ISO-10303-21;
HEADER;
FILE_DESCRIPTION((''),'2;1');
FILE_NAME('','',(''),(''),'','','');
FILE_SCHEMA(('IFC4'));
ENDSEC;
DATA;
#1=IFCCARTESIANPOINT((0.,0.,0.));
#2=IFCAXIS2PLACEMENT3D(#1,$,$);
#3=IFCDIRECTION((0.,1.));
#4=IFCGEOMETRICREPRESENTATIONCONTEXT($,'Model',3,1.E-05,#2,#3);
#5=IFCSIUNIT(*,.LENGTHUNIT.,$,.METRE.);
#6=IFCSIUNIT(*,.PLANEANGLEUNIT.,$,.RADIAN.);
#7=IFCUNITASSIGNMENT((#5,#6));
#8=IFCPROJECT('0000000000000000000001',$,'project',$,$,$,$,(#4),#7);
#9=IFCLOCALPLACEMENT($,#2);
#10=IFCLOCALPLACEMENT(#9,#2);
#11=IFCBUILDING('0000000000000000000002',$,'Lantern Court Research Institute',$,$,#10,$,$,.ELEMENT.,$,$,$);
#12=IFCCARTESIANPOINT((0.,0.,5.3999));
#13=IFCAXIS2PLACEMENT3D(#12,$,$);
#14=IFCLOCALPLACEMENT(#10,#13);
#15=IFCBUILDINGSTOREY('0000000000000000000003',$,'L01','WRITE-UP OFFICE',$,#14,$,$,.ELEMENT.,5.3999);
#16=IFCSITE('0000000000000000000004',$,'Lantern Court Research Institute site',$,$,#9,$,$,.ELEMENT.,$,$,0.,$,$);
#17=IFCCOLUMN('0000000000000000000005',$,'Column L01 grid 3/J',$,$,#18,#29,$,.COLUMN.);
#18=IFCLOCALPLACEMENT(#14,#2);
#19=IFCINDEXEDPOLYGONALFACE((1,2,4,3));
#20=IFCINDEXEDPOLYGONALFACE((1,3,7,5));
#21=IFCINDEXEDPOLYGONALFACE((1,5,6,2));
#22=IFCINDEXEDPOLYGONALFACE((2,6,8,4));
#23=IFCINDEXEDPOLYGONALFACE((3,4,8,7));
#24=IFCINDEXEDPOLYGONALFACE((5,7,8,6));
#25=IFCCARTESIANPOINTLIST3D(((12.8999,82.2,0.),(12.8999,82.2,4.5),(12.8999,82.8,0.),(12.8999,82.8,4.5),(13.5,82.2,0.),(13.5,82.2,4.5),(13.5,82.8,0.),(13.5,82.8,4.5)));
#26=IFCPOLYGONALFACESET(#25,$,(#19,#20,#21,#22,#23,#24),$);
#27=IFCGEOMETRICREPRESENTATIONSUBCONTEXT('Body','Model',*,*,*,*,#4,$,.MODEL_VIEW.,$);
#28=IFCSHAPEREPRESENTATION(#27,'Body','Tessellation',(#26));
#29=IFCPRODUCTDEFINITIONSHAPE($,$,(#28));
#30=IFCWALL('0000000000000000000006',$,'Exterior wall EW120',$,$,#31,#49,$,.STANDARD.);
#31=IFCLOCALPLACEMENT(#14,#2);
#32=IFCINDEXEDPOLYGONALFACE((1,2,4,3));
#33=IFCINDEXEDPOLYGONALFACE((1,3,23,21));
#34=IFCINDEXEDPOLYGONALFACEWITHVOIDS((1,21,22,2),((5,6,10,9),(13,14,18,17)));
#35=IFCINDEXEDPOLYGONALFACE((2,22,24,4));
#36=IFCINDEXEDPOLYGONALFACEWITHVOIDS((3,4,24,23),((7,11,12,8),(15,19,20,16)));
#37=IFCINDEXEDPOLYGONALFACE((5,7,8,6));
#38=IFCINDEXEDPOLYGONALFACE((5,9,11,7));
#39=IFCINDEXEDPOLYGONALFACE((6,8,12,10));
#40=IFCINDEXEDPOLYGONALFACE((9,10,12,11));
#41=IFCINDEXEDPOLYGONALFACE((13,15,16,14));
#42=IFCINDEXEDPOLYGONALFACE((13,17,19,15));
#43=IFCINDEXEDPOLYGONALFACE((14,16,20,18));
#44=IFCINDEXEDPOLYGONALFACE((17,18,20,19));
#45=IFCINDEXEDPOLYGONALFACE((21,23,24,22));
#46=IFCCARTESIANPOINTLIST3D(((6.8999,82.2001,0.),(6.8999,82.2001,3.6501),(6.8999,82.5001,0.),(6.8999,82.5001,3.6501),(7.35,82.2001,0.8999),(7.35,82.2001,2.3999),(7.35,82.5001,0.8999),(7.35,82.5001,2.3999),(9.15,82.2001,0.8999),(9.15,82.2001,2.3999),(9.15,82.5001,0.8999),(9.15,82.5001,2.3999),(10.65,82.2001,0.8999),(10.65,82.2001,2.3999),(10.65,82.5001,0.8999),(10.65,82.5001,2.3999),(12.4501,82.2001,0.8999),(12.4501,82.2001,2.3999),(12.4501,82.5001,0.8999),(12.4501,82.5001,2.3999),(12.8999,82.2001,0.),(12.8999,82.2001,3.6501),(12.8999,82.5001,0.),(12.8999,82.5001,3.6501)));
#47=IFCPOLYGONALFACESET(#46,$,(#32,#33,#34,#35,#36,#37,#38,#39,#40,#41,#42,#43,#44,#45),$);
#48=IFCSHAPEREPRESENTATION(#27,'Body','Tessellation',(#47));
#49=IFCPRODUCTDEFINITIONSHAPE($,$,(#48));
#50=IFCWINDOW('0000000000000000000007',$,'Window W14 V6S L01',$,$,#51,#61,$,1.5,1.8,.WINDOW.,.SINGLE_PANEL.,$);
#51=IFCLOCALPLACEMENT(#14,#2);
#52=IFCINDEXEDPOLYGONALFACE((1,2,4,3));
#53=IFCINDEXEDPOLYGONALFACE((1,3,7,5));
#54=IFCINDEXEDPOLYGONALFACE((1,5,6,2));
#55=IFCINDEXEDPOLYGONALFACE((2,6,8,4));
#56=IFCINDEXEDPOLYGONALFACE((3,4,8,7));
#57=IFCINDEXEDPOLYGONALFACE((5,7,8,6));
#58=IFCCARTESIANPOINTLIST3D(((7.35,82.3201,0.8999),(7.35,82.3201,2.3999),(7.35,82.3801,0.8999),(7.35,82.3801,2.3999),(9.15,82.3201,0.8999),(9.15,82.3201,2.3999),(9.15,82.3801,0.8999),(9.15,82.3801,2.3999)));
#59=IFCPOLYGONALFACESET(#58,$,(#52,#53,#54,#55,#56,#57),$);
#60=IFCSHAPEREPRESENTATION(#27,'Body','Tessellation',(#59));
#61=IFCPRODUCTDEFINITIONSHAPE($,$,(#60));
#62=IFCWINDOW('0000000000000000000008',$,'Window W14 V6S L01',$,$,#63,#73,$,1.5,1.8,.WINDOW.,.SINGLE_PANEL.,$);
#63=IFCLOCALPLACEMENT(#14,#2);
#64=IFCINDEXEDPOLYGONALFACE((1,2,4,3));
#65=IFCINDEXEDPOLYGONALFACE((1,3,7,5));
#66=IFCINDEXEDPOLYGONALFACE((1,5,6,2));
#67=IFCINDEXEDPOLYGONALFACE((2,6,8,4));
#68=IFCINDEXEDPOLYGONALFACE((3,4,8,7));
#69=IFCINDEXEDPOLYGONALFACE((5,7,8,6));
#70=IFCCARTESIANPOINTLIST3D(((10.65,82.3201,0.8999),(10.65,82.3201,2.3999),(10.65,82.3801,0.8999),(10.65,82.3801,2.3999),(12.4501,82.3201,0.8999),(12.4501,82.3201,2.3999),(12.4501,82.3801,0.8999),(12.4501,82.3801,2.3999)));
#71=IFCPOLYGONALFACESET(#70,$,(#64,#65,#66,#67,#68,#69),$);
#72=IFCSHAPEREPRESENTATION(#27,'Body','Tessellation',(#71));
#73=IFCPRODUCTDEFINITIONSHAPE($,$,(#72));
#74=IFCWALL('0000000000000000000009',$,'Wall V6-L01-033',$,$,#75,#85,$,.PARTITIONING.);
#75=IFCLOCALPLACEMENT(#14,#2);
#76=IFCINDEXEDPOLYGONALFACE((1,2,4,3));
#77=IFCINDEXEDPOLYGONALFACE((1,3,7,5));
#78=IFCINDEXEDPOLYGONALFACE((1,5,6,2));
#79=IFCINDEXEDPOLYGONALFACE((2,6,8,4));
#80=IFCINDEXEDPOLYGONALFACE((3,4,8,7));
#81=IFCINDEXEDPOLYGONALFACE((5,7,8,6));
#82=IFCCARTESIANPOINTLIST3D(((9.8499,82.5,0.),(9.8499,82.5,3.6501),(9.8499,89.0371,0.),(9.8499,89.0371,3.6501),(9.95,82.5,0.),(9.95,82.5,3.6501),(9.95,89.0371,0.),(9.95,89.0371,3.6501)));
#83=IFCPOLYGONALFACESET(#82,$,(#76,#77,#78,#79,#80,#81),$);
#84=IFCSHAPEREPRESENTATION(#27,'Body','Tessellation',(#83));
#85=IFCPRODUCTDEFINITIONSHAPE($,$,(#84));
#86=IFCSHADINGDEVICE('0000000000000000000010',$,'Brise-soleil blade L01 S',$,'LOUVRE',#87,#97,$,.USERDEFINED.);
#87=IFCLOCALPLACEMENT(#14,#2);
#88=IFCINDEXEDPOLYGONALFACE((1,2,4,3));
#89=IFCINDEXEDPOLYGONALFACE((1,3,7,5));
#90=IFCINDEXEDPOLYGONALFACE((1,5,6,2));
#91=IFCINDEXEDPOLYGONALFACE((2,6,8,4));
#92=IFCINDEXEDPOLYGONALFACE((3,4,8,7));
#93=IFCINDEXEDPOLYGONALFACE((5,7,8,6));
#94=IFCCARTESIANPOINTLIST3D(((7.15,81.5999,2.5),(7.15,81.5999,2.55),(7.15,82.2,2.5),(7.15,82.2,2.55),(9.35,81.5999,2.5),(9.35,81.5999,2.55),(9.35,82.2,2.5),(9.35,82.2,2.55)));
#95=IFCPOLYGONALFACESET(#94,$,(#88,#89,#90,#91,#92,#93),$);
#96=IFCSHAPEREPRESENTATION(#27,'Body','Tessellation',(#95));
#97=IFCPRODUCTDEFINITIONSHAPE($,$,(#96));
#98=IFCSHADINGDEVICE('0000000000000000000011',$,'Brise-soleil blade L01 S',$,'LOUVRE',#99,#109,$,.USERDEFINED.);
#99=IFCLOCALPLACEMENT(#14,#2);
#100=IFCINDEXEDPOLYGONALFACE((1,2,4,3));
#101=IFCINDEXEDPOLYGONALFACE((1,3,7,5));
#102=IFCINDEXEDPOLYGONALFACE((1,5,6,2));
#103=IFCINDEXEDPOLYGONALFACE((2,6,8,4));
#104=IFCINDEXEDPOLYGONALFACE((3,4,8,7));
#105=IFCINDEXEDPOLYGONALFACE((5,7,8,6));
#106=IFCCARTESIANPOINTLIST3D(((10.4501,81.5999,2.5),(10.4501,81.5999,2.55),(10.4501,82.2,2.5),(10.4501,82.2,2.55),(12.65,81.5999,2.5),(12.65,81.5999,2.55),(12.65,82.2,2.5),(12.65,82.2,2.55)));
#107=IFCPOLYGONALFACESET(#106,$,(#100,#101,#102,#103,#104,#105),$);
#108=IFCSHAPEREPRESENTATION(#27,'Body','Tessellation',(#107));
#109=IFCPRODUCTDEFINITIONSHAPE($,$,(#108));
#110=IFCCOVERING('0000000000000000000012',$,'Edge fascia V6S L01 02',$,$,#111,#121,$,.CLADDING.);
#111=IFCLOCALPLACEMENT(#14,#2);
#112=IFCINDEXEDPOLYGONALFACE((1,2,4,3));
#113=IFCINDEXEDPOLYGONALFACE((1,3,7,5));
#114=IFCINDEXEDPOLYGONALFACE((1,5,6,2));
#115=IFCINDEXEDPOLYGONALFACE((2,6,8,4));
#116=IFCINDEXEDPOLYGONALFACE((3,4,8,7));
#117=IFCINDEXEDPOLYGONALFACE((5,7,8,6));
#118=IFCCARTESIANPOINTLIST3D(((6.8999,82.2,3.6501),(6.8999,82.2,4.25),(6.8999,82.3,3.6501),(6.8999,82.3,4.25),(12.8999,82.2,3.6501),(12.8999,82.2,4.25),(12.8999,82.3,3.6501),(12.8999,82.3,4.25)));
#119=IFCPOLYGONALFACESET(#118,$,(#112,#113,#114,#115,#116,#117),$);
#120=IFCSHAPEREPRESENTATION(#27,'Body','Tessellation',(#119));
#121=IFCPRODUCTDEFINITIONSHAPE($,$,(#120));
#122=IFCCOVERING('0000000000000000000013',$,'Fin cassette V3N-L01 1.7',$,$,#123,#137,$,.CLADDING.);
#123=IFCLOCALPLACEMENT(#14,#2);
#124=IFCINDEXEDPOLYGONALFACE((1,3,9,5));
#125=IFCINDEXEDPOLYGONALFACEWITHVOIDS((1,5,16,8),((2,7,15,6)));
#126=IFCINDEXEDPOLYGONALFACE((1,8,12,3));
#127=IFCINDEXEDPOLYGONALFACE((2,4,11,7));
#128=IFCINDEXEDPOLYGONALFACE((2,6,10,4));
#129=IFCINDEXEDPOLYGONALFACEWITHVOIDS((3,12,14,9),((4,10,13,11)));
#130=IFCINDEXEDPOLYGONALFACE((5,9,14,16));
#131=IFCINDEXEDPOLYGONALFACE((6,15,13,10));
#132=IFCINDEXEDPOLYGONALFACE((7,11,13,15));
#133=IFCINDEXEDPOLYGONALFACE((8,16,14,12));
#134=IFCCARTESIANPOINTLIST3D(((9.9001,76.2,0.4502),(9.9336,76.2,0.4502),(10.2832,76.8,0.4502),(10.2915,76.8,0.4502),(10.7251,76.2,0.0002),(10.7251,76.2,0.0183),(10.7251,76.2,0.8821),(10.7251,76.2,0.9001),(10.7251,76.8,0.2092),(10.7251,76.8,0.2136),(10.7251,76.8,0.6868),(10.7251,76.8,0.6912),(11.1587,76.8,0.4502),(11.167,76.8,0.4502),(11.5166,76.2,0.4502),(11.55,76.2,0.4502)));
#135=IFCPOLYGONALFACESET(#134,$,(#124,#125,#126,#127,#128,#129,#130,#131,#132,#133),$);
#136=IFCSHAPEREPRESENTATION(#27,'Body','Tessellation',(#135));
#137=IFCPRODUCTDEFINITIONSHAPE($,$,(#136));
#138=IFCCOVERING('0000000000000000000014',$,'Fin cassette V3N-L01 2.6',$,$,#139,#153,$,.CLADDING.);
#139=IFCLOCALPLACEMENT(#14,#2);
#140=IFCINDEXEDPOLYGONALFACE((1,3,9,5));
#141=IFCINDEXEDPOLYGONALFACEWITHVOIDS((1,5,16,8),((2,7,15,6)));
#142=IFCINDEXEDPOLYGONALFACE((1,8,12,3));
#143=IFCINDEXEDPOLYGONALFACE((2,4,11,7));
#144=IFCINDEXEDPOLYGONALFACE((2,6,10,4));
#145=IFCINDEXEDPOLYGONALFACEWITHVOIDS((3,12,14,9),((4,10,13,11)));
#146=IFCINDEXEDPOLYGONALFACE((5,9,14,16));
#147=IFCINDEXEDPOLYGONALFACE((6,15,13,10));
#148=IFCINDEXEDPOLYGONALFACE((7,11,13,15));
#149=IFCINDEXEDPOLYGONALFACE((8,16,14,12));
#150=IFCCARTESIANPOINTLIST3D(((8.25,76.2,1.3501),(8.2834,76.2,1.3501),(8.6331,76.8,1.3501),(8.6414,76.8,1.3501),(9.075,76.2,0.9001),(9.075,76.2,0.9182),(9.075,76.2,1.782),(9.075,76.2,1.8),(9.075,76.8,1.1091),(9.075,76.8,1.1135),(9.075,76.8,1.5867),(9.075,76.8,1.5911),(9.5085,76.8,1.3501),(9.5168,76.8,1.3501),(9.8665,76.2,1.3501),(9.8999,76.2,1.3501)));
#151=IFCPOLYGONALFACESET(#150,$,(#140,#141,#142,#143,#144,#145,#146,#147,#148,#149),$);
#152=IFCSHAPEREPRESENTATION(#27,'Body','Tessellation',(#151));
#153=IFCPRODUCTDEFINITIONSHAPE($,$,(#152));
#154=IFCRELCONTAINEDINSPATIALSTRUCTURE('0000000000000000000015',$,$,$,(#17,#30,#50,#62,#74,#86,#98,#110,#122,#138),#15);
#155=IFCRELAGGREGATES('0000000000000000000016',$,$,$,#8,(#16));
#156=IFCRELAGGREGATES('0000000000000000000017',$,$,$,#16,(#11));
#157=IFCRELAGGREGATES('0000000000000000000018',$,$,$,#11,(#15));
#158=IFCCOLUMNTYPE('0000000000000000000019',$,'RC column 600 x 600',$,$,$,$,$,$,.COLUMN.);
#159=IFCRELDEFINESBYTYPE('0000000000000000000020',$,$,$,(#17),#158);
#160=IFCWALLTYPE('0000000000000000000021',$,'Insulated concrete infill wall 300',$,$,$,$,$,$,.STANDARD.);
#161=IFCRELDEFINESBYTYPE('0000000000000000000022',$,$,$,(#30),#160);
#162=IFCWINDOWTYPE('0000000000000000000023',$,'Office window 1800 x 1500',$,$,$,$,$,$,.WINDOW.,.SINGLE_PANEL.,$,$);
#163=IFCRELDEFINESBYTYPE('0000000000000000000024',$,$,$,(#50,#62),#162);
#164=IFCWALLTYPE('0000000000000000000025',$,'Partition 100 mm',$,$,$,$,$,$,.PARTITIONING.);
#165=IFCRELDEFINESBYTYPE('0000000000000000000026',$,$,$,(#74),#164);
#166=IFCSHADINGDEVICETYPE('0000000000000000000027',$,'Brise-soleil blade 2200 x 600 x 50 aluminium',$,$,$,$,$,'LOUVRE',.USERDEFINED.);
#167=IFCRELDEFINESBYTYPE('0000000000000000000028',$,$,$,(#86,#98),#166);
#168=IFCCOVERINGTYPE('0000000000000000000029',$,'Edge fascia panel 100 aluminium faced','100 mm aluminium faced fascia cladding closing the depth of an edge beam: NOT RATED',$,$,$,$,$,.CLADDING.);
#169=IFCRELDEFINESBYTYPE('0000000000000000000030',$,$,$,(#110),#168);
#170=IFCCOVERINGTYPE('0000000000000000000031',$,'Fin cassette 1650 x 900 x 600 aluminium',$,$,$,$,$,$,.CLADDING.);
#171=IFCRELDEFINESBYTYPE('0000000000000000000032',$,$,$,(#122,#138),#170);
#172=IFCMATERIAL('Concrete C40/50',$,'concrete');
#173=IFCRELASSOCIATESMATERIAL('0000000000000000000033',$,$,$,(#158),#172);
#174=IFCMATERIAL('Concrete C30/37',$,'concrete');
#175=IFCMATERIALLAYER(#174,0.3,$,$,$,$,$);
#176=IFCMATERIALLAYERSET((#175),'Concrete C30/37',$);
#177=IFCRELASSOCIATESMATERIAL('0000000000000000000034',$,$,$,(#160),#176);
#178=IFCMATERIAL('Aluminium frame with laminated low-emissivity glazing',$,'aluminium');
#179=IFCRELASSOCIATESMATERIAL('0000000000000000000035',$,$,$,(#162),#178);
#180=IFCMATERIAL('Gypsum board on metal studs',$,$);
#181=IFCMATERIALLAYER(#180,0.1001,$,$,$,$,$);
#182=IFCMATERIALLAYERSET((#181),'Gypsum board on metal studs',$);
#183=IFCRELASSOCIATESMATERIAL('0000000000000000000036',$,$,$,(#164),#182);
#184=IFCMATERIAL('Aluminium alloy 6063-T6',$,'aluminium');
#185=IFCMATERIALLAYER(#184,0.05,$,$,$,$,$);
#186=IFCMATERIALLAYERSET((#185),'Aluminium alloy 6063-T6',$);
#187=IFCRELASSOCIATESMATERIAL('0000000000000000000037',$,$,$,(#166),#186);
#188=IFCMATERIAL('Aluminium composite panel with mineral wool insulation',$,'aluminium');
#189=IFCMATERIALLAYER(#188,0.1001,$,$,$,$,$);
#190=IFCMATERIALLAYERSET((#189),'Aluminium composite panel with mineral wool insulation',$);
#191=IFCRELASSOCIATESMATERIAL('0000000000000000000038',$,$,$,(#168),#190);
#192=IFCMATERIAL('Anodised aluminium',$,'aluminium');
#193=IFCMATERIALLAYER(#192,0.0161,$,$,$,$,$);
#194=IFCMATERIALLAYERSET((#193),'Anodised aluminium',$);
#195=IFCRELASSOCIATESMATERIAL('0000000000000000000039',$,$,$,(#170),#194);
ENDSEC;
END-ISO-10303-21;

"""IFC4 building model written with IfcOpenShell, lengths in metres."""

from ifc_helpers import new_model, entity, si_unit, direction, frame, frame_2d, origin, origin_2d, place, context, subcontext, project, spatial, rectangle, extrude, material, layer, layer_set, material_profile, profile_set, type_object, element, fill, save


model = new_model("IFC4")

# Units and contexts
model_context = context("Model", 3, precision=1e-05, world=origin(), true_north=direction((0.0, 1.0)))
body_context = subcontext(model_context, "Body", "Model", "MODEL_VIEW")
ifc_project = project(units=[si_unit("LENGTHUNIT", "METRE"), si_unit("PLANEANGLEUNIT", "RADIAN")], contexts=[model_context])

# Site, building, storey
site_placement = place(None, origin())
site = spatial("IfcSite", under=ifc_project, at=site_placement, Name="Lantern Court Research Institute site", CompositionType="ELEMENT", RefElevation=0.0)
building_placement = place(site_placement, origin())
building = spatial("IfcBuilding", under=site, at=building_placement, Name="Lantern Court Research Institute", CompositionType="ELEMENT")
storey_placement = place(building_placement, frame((0.0, 0.0, 5.3999)))
storey = spatial("IfcBuildingStorey", under=building, at=storey_placement, Name="L01", Description="WRITE-UP OFFICE", CompositionType="ELEMENT", Elevation=5.3999)

# Column
ifc_material_1 = material(Name="Concrete C40/50", Category="concrete")
ifc_material_profile = material_profile(ifc_material_1, rectangle(XDim=0.6001, YDim=0.6001, at=origin_2d()), Name="RC column 600 x 600")
ifc_profile_set = profile_set([ifc_material_profile], Name="Concrete C40/50")
column_type = type_object("IfcColumnType", Name="RC column 600 x 600", PredefinedType="COLUMN", material=ifc_profile_set)
column_placement = place(storey_placement, frame((13.2, 82.5, 0.0), z_axis=(0.0, 0.0, 1.0), x_axis=(1.0, 0.0, 0.0)))
element("IfcColumn", 1, at=column_placement, inside=storey, type_object=column_type, Name="Column L01 grid 3/J", PredefinedType="COLUMN", context=body_context, shape_type="SweptSolid", body=[
    extrude(rectangle(XDim=0.6001, YDim=0.6001, at=origin_2d()), origin(), (0.0, 0.0, 1.0), 4.5),
])

# Wall, openings, windows
ifc_material_2 = material(Name="Concrete C30/37", Category="concrete")
ifc_layer_1 = layer(ifc_material_2, 0.3)
ifc_layer_set_1 = layer_set([ifc_layer_1], Name="Concrete C30/37")
wall_type_1 = type_object("IfcWallType", Name="Insulated concrete infill wall 300", PredefinedType="STANDARD", material=ifc_layer_set_1)
wall_1_placement = place(storey_placement, frame((12.8999, 82.3501, 0.0), z_axis=(0.0, 0.0, 1.0), x_axis=(-1.0, 0.0, 0.0)))
wall_1 = element("IfcWall", 2, at=wall_1_placement, inside=storey, type_object=wall_type_1, Name="Exterior wall EW120", PredefinedType="STANDARD", context=body_context, shape_type="SweptSolid", body=[
    extrude(rectangle(XDim=6.0, YDim=0.3, at=frame_2d((3.0, 0.0))), origin(), (0.0, 0.0, 1.0), 3.6501),
])
opening_1_placement = place(wall_1_placement, frame((3.75, 0.0, 0.8999)))
opening_1 = element("IfcOpeningElement", 3, at=opening_1_placement, cuts=wall_1, PredefinedType="OPENING", context=body_context, shape_type="SweptSolid", body=[
    extrude(rectangle(XDim=1.8, YDim=1.5, at=frame_2d((0.8999, 0.75))), frame((0.0, 0.1599, 0.0), z_axis=(0.0, -1.0, 0.0), x_axis=(1.0, 0.0, 0.0)), (0.0, 0.0, 1.0), 0.3201),
])
opening_2_placement = place(wall_1_placement, frame((0.45, 0.0, 0.8999)))
opening_2 = element("IfcOpeningElement", 4, at=opening_2_placement, cuts=wall_1, PredefinedType="OPENING", context=body_context, shape_type="SweptSolid", body=[
    extrude(rectangle(XDim=1.8, YDim=1.5, at=frame_2d((0.8999, 0.75))), frame((0.0, 0.1599, 0.0), z_axis=(0.0, -1.0, 0.0), x_axis=(1.0, 0.0, 0.0)), (0.0, 0.0, 1.0), 0.3201),
])
ifc_material_3 = material(Name="Aluminium frame with laminated low-emissivity glazing", Category="aluminium")
window_type = type_object("IfcWindowType", Name="Office window 1800 x 1500", PartitioningType="SINGLE_PANEL", PredefinedType="WINDOW", material=ifc_material_3)
window_1_placement = place(opening_1_placement, origin())
window_1 = element("IfcWindow", 5, at=window_1_placement, inside=storey, type_object=window_type, Name="Window W14 V6S L01", OverallHeight=1.5, OverallWidth=1.8, PartitioningType="SINGLE_PANEL", PredefinedType="WINDOW", context=body_context, shape_type="SweptSolid", body=[
    extrude(rectangle(XDim=1.8, YDim=1.5, at=frame_2d((0.8999, 0.75))), frame((0.0, 0.03, 0.0), z_axis=(0.0, -1.0, 0.0), x_axis=(1.0, 0.0, 0.0)), (0.0, 0.0, 1.0), 0.0601),
])
fill(opening_1, window_1)
window_2_placement = place(opening_2_placement, origin())
window_2 = element("IfcWindow", 6, at=window_2_placement, inside=storey, type_object=window_type, Name="Window W14 V6S L01", OverallHeight=1.5, OverallWidth=1.8, PartitioningType="SINGLE_PANEL", PredefinedType="WINDOW", context=body_context, shape_type="SweptSolid", body=[
    extrude(rectangle(XDim=1.8, YDim=1.5, at=frame_2d((0.8999, 0.75))), frame((0.0, 0.03, 0.0), z_axis=(0.0, -1.0, 0.0), x_axis=(1.0, 0.0, 0.0)), (0.0, 0.0, 1.0), 0.0601),
])
fill(opening_2, window_2)

# Wall
ifc_material_4 = material(Name="Gypsum board on metal studs")
ifc_layer_2 = layer(ifc_material_4, 0.1001)
ifc_layer_set_2 = layer_set([ifc_layer_2], Name="Gypsum board on metal studs")
wall_type_2 = type_object("IfcWallType", Name="Partition 100 mm", PredefinedType="PARTITIONING", material=ifc_layer_set_2)
wall_2_placement = place(storey_placement, frame((9.8999, 82.5, 0.0), z_axis=(0.0, 0.0, 1.0), x_axis=(0.0, 1.0, 0.0)))
element("IfcWall", 7, at=wall_2_placement, inside=storey, type_object=wall_type_2, Name="Wall V6-L01-033", PredefinedType="PARTITIONING", context=body_context, shape_type="SweptSolid", body=[
    extrude(rectangle(XDim=6.5371, YDim=0.1001, at=frame_2d((3.2686, 0.0))), origin(), (0.0, 0.0, 1.0), 3.6501),
])

# Shading devices
ifc_material_5 = material(Name="Aluminium alloy 6063-T6", Category="aluminium")
ifc_layer_3 = layer(ifc_material_5, 0.05)
ifc_layer_set_3 = layer_set([ifc_layer_3], Name="Aluminium alloy 6063-T6")
shading_device_type = type_object("IfcShadingDeviceType", Name="Brise-soleil blade 2200 x 600 x 50 aluminium", ElementType="LOUVRE", PredefinedType="USERDEFINED", material=ifc_layer_set_3)
for number, where, z_axis, x_axis, name in (
    (8, (8.25, 81.8999, 2.5), (0.0, 0.0, 1.0), (-1.0, 0.0, 0.0), "Brise-soleil blade L01 S"),
    (9, (11.55, 81.8999, 2.5), (0.0, 0.0, 1.0), (-1.0, 0.0, 0.0), "Brise-soleil blade L01 S"),
):
    element("IfcShadingDevice", number, at=place(storey_placement, frame(where, z_axis=z_axis, x_axis=x_axis)), inside=storey, type_object=shading_device_type, Name=name, ObjectType="LOUVRE", PredefinedType="USERDEFINED", context=body_context, shape_type="SweptSolid", body=[
        extrude(rectangle(XDim=2.2, YDim=0.6001, at=origin_2d()), origin(), (0.0, 0.0, 1.0), 0.05),
    ])

# Coverings
ifc_material_6 = material(Name="Aluminium composite panel with mineral wool insulation", Category="aluminium")
ifc_layer_4 = layer(ifc_material_6, 0.1001)
ifc_layer_set_4 = layer_set([ifc_layer_4], Name="Aluminium composite panel with mineral wool insulation")
covering_type_1 = type_object("IfcCoveringType", Name="Edge fascia panel 100 aluminium faced", Description="100 mm aluminium faced fascia cladding closing the depth of an edge beam: NOT RATED", PredefinedType="CLADDING", material=ifc_layer_set_4)
covering_1_placement = place(storey_placement, frame((12.8999, 82.25, 3.6501), z_axis=(0.0, 0.0, 1.0), x_axis=(-1.0, 0.0, 0.0)))
element("IfcCovering", 10, at=covering_1_placement, inside=storey, type_object=covering_type_1, Name="Edge fascia V6S L01 02", PredefinedType="CLADDING", context=body_context, shape_type="SweptSolid", body=[
    extrude(rectangle(XDim=6.0, YDim=0.1001, at=frame_2d((3.0, 0.0))), origin(), (0.0, 0.0, 1.0), 0.5999),
])
ifc_material_7 = material(Name="Anodised aluminium", Category="aluminium")
ifc_layer_5 = layer(ifc_material_7, 0.0161)
ifc_layer_set_5 = layer_set([ifc_layer_5], Name="Anodised aluminium")
covering_type_2 = type_object("IfcCoveringType", Name="Fin cassette 1650 x 900 x 600 aluminium", PredefinedType="CLADDING", material=ifc_layer_set_5)
covering_2_placement = place(storey_placement, frame((10.7251, 76.2, 0.4502), z_axis=(0.0, 1.0, 0.0), x_axis=(-1.0, 0.0, 0.0)))
cartesian_point_1 = entity("IfcCartesianPoint", [0.825, 0.0])
cartesian_point_2 = entity("IfcCartesianPoint", [0.7915, 0.0])
cartesian_point_3 = entity("IfcCartesianPoint", [0.4419, 0.0])
cartesian_point_4 = entity("IfcCartesianPoint", [0.4336, 0.0])
element("IfcCovering", 11, at=covering_2_placement, inside=storey, type_object=covering_type_2, Name="Fin cassette V3N-L01 1.7", PredefinedType="CLADDING", context=body_context, shape_type="SweptSolid", body=[
    entity("IfcExtrudedAreaSolidTapered", entity("IfcArbitraryProfileDefWithVoids", "AREA", None, entity("IfcPolyline", [cartesian_point_1, entity("IfcCartesianPoint", [0.0, 0.45]), entity("IfcCartesianPoint", [-0.825, 0.0]), entity("IfcCartesianPoint", [0.0, -0.45]), cartesian_point_1]), [entity("IfcPolyline", [cartesian_point_2, entity("IfcCartesianPoint", [0.0, 0.4319]), entity("IfcCartesianPoint", [-0.7915, 0.0]), entity("IfcCartesianPoint", [0.0, -0.4319]), cartesian_point_2])]), entity("IfcAxis2Placement3D", entity("IfcCartesianPoint", [0.0, 0.0, 0.0])), entity("IfcDirection", [0.0, 0.0, 1.0]), 0.6001, entity("IfcArbitraryProfileDefWithVoids", "AREA", None, entity("IfcPolyline", [cartesian_point_3, entity("IfcCartesianPoint", [0.0, 0.241]), entity("IfcCartesianPoint", [-0.4419, 0.0]), entity("IfcCartesianPoint", [0.0, -0.241]), cartesian_point_3]), [entity("IfcPolyline", [cartesian_point_4, entity("IfcCartesianPoint", [0.0, 0.2366]), entity("IfcCartesianPoint", [-0.4336, 0.0]), entity("IfcCartesianPoint", [0.0, -0.2366]), cartesian_point_4])])),
])
covering_3_placement = place(storey_placement, frame((9.075, 76.2, 1.3501), z_axis=(0.0, 1.0, 0.0), x_axis=(-1.0, 0.0, 0.0)))
cartesian_point_5 = entity("IfcCartesianPoint", [0.825, 0.0])
cartesian_point_6 = entity("IfcCartesianPoint", [0.7915, 0.0])
cartesian_point_7 = entity("IfcCartesianPoint", [0.4419, 0.0])
cartesian_point_8 = entity("IfcCartesianPoint", [0.4336, 0.0])
element("IfcCovering", 12, at=covering_3_placement, inside=storey, type_object=covering_type_2, Name="Fin cassette V3N-L01 2.6", PredefinedType="CLADDING", context=body_context, shape_type="SweptSolid", body=[
    entity("IfcExtrudedAreaSolidTapered", entity("IfcArbitraryProfileDefWithVoids", "AREA", None, entity("IfcPolyline", [cartesian_point_5, entity("IfcCartesianPoint", [0.0, 0.45]), entity("IfcCartesianPoint", [-0.825, 0.0]), entity("IfcCartesianPoint", [0.0, -0.45]), cartesian_point_5]), [entity("IfcPolyline", [cartesian_point_6, entity("IfcCartesianPoint", [0.0, 0.4319]), entity("IfcCartesianPoint", [-0.7915, 0.0]), entity("IfcCartesianPoint", [0.0, -0.4319]), cartesian_point_6])]), entity("IfcAxis2Placement3D", entity("IfcCartesianPoint", [0.0, 0.0, 0.0])), entity("IfcDirection", [0.0, 0.0, 1.0]), 0.6001, entity("IfcArbitraryProfileDefWithVoids", "AREA", None, entity("IfcPolyline", [cartesian_point_7, entity("IfcCartesianPoint", [0.0, 0.241]), entity("IfcCartesianPoint", [-0.4419, 0.0]), entity("IfcCartesianPoint", [0.0, -0.241]), cartesian_point_7]), [entity("IfcPolyline", [cartesian_point_8, entity("IfcCartesianPoint", [0.0, 0.2366]), entity("IfcCartesianPoint", [-0.4336, 0.0]), entity("IfcCartesianPoint", [0.0, -0.2366]), cartesian_point_8])])),
])

save(model, "model.ifc")
